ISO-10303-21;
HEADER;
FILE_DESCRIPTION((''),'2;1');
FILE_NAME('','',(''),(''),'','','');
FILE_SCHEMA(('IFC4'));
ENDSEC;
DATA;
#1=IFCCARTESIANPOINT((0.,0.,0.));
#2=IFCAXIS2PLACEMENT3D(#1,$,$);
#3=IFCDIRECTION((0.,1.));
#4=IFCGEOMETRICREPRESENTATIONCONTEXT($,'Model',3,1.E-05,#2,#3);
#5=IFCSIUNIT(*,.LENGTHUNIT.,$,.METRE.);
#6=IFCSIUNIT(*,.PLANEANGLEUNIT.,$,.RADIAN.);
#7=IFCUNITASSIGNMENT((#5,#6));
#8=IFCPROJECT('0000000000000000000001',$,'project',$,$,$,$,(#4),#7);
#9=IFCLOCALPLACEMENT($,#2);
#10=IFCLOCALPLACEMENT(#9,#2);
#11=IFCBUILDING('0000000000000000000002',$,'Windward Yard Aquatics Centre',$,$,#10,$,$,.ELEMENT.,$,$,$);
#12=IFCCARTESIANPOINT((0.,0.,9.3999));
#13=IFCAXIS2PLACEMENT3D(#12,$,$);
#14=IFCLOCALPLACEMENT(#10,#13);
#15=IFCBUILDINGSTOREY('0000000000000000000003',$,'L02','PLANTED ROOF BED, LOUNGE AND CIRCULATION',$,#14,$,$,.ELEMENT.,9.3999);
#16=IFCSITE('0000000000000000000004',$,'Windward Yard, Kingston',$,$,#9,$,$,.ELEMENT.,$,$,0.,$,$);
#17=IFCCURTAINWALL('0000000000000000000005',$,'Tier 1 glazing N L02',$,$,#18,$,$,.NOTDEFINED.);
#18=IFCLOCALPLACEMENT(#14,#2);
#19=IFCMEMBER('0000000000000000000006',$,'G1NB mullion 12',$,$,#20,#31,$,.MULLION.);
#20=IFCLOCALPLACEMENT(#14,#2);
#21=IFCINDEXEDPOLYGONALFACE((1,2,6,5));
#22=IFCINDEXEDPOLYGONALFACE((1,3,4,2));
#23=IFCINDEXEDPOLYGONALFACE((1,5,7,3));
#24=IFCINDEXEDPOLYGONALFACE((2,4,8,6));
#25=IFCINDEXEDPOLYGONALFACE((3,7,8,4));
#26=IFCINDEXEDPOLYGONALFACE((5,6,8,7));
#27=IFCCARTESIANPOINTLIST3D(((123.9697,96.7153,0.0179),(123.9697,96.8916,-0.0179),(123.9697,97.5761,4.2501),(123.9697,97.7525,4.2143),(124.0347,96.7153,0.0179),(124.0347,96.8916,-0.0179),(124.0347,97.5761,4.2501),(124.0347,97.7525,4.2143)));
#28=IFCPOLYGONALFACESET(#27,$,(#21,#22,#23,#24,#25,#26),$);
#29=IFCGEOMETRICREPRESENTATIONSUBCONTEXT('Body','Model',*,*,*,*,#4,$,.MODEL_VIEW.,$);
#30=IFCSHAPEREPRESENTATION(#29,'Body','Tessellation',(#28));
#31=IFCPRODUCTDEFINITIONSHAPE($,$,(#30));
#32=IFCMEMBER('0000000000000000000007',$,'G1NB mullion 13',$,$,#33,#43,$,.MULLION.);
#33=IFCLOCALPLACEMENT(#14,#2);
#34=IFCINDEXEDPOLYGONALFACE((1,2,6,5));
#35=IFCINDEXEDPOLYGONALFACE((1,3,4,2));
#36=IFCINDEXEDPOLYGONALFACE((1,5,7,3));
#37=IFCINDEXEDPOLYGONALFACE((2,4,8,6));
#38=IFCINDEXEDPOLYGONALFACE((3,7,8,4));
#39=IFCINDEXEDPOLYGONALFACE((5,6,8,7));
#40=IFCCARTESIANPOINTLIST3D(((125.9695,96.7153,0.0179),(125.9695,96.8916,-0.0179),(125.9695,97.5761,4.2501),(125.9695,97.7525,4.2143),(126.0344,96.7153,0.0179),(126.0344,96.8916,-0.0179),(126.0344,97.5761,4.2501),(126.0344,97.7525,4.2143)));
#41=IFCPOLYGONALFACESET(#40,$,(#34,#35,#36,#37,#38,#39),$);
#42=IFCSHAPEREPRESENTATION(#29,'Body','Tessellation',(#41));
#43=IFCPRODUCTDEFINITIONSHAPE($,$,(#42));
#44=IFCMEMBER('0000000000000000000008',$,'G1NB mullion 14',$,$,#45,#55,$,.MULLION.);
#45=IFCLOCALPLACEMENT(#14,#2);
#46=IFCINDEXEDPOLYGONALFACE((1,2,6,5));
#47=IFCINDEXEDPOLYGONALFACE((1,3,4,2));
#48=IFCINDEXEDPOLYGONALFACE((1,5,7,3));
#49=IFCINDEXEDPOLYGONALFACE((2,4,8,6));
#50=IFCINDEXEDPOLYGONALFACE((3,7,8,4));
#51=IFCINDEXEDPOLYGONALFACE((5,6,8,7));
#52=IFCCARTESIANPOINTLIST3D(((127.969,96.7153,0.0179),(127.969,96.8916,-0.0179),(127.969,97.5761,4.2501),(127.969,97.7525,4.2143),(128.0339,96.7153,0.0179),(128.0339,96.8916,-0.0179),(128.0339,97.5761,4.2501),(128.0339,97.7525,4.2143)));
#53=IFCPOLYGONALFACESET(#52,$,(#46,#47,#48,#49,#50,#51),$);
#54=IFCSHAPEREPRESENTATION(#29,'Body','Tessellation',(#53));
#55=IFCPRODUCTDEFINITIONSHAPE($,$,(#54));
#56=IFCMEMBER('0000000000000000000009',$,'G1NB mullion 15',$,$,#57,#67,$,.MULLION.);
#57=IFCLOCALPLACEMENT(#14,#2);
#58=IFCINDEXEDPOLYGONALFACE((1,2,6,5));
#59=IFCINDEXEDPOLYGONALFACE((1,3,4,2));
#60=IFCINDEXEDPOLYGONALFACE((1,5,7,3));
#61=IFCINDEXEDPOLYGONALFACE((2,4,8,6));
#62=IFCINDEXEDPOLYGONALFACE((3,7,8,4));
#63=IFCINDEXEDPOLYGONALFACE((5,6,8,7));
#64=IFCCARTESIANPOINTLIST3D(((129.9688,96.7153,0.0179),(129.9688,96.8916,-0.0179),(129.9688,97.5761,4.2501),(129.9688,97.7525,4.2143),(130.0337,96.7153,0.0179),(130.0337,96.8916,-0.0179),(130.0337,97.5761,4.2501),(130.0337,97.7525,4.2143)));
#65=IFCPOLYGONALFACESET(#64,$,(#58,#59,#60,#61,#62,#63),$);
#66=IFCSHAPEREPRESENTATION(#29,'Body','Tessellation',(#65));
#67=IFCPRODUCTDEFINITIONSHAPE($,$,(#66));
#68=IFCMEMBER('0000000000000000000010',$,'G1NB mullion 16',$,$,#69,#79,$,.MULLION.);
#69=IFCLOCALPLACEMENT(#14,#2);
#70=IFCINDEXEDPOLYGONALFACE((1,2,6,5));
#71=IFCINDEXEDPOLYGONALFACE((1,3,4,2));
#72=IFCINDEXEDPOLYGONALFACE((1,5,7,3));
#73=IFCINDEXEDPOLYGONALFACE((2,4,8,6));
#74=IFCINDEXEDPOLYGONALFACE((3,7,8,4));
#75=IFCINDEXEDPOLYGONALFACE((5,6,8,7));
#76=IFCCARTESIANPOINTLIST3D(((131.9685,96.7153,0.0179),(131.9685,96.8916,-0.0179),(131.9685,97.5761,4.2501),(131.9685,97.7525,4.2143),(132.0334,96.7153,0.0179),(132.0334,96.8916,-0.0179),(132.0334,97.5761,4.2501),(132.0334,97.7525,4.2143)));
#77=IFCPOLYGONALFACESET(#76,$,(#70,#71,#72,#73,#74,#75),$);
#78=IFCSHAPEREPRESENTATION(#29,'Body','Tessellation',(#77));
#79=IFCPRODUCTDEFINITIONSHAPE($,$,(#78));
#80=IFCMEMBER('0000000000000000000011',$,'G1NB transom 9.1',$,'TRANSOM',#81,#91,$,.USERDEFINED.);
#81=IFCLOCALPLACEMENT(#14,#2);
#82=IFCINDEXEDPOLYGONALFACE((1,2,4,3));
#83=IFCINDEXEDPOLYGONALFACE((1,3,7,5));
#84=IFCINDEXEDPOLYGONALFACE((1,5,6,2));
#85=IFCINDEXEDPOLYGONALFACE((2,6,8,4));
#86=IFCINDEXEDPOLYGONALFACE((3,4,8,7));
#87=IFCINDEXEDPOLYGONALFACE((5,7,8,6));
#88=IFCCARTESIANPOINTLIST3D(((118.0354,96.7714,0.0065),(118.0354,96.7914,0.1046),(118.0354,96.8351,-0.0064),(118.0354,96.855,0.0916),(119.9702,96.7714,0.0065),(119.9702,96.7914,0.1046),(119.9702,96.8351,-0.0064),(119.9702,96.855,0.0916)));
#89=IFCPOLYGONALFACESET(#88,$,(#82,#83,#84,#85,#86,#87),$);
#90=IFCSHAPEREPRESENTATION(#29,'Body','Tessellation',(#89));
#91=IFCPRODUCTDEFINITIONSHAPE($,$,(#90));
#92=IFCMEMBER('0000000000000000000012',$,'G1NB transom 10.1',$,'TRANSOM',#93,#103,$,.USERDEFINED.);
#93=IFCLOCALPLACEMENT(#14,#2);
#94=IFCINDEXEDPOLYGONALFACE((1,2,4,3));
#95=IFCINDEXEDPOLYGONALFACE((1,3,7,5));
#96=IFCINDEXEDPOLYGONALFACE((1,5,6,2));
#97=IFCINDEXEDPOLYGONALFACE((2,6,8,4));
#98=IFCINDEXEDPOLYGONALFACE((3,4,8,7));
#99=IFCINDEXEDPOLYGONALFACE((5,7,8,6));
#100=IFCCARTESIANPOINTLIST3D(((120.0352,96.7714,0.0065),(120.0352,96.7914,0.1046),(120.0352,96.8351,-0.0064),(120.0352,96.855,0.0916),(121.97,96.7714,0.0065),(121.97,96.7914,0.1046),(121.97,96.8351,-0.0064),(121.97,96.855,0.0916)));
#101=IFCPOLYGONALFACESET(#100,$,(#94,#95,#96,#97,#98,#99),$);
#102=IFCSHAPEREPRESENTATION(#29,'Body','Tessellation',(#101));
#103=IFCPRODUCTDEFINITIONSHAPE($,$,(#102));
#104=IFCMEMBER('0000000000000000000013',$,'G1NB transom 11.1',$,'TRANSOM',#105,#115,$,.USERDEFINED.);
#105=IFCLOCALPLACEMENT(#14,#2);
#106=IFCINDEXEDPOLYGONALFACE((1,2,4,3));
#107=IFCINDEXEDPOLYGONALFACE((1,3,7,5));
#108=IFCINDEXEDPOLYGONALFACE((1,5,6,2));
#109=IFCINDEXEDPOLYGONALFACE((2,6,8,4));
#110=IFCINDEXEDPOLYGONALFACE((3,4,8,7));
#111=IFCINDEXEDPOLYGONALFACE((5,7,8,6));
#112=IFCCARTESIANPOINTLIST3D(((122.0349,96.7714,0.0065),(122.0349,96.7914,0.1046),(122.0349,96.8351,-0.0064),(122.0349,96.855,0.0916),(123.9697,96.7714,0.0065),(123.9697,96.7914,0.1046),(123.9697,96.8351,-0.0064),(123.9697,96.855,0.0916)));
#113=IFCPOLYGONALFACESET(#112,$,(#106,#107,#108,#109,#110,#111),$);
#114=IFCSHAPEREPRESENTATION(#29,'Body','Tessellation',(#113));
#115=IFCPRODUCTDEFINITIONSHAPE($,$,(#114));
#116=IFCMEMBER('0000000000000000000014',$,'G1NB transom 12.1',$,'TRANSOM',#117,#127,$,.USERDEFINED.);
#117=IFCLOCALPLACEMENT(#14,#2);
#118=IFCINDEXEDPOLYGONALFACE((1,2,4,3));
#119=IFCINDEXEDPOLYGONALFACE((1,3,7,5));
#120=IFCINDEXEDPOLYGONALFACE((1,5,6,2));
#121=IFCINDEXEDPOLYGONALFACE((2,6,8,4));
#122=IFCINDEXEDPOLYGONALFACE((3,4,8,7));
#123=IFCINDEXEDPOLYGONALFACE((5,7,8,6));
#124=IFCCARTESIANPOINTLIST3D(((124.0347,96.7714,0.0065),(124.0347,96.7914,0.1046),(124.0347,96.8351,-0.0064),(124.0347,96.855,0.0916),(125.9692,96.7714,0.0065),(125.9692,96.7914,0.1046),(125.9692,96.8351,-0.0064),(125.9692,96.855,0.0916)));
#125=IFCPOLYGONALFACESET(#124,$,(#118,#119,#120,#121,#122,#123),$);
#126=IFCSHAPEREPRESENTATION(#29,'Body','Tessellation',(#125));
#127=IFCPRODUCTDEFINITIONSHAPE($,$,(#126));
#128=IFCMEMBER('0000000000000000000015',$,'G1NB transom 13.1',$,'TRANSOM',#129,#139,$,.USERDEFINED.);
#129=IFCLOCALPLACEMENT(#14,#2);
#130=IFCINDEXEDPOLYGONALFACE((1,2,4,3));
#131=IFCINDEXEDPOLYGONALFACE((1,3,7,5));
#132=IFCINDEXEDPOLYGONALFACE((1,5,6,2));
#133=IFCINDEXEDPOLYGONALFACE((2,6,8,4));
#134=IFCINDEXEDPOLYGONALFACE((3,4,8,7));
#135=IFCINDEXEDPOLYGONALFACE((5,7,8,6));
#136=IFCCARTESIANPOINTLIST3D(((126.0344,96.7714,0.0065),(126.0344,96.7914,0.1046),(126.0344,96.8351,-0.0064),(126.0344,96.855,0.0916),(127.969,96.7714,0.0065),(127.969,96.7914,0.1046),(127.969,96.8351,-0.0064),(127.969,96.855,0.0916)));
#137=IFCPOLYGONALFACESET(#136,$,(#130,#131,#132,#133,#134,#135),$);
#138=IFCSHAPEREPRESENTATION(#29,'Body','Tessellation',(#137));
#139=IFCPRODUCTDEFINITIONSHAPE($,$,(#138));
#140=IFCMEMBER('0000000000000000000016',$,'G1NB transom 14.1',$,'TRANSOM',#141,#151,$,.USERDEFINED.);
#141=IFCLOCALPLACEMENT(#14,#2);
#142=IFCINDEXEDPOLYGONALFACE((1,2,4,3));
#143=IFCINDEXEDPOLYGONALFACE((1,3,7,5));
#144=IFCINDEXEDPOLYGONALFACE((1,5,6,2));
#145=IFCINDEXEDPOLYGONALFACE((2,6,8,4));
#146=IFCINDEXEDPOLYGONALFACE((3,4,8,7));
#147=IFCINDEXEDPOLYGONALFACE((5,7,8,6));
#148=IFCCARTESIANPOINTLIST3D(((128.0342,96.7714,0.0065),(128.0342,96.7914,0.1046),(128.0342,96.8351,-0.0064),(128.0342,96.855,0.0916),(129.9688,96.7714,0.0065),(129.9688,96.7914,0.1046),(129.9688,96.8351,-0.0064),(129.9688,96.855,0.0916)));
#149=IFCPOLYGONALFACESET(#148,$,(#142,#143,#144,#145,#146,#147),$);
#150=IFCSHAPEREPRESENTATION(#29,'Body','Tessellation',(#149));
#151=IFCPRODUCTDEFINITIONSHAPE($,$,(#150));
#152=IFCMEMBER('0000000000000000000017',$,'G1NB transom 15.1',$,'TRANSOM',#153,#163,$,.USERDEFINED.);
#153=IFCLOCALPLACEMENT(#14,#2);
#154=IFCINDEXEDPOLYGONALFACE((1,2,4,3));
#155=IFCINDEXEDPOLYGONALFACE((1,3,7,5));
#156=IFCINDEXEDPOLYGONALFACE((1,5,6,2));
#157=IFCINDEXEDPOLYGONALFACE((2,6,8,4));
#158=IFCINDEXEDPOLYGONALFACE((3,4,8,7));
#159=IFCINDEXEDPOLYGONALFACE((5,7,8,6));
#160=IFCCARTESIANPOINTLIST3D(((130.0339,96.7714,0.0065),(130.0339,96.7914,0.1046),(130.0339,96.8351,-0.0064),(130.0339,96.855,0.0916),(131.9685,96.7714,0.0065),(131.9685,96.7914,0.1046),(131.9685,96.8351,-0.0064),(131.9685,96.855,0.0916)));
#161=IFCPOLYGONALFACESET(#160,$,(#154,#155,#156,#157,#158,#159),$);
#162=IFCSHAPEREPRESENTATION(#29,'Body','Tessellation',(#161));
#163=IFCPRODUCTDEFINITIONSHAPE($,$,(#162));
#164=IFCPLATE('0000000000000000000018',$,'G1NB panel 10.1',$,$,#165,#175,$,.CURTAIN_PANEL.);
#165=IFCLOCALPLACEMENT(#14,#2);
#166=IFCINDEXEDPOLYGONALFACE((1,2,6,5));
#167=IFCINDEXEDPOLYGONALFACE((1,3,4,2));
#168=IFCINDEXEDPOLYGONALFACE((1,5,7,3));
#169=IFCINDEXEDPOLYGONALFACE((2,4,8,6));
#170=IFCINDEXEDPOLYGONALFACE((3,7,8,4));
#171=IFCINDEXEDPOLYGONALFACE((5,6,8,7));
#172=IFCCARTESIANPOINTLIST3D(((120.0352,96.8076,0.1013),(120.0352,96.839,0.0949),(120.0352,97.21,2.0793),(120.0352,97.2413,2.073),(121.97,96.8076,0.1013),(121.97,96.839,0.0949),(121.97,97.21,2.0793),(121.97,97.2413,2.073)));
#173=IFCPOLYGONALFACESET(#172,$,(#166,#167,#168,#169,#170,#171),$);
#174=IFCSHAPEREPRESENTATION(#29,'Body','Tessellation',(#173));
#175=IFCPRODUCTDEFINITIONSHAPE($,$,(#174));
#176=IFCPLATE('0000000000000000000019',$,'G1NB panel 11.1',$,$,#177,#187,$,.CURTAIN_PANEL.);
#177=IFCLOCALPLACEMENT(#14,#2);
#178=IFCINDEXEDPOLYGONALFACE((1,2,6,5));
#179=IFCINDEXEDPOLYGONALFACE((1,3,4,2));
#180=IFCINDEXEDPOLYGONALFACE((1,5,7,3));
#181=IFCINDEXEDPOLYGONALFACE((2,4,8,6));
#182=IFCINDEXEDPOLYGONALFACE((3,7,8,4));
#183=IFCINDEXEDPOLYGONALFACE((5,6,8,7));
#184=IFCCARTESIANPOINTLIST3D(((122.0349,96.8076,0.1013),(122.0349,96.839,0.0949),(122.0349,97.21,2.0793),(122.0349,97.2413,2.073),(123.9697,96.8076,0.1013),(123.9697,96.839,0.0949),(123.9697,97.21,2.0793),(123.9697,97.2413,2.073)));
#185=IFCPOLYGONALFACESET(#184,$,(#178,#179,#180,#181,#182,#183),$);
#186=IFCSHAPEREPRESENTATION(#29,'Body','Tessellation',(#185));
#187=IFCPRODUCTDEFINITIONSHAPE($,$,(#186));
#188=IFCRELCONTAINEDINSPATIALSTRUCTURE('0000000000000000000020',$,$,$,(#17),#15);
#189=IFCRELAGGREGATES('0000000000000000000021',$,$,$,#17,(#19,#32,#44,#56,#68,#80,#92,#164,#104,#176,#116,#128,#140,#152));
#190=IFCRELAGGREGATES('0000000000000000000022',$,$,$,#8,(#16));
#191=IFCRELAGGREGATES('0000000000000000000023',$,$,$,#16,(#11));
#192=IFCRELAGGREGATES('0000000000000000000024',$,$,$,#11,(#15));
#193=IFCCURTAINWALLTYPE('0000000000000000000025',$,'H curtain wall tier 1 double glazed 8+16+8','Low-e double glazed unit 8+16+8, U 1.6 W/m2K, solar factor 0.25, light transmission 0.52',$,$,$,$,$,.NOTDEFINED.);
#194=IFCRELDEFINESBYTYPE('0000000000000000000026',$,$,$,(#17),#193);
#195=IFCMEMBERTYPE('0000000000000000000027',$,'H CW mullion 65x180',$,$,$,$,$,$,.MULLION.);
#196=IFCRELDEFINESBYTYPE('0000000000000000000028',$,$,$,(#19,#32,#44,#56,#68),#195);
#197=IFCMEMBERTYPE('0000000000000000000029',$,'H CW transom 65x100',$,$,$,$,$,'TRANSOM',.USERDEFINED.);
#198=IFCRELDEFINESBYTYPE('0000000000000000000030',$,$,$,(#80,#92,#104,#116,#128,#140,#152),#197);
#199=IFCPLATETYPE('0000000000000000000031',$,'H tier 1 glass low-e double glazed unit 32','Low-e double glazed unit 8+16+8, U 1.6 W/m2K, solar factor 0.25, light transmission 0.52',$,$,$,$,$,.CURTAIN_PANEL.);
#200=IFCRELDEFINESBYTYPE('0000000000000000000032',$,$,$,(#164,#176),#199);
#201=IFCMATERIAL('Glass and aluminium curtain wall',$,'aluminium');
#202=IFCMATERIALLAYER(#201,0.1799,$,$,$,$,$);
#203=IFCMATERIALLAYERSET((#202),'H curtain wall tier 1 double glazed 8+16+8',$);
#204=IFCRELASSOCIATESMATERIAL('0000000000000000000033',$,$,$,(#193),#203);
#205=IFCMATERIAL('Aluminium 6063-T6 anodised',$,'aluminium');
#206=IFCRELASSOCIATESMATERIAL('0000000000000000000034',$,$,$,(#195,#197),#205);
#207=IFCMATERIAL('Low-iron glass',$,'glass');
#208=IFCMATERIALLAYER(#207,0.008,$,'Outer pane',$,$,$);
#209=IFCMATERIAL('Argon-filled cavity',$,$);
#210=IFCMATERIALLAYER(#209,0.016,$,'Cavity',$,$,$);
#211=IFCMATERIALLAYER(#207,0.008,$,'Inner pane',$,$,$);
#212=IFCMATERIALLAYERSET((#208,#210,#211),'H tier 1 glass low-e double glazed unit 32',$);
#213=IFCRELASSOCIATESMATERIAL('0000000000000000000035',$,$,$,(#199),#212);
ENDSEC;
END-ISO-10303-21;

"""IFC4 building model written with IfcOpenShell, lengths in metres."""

from ifc_helpers import new_model, si_unit, direction, frame, origin, origin_2d, place, context, subcontext, project, spatial, polyline, rectangle, outline, extrude, material, layer, layer_set, material_profile, profile_set, type_object, element, aggregate, save


model = new_model("IFC4")

# Units and contexts
model_context = context("Model", 3, precision=1e-05, world=origin(), true_north=direction((0.0, 1.0)))
body_context = subcontext(model_context, "Body", "Model", "MODEL_VIEW")
ifc_project = project(units=[si_unit("LENGTHUNIT", "METRE"), si_unit("PLANEANGLEUNIT", "RADIAN")], contexts=[model_context])

# Site, building, storey
site_placement = place(None, origin())
site = spatial("IfcSite", under=ifc_project, at=site_placement, Name="Windward Yard, Kingston", CompositionType="ELEMENT", RefElevation=0.0)
building_placement = place(site_placement, origin())
building = spatial("IfcBuilding", under=site, at=building_placement, Name="Windward Yard Aquatics Centre", CompositionType="ELEMENT")
storey_placement = place(building_placement, frame((0.0, 0.0, 9.3999)))
storey = spatial("IfcBuildingStorey", under=building, at=storey_placement, Name="L02", Description="PLANTED ROOF BED, LOUNGE AND CIRCULATION", CompositionType="ELEMENT", Elevation=9.3999)

# Curtain wall, members, plates
ifc_material_1 = material(Name="Glass and aluminium curtain wall", Category="aluminium")
ifc_layer_1 = layer(ifc_material_1, 0.1799)
ifc_layer_set_1 = layer_set([ifc_layer_1], Name="H curtain wall tier 1 double glazed 8+16+8")
curtain_wall_type = type_object("IfcCurtainWallType", Name="H curtain wall tier 1 double glazed 8+16+8", Description="Low-e double glazed unit 8+16+8, U 1.6 W/m2K, solar factor 0.25, light transmission 0.52", PredefinedType="NOTDEFINED", material=ifc_layer_set_1)
curtain_wall_placement = place(storey_placement, origin())
curtain_wall = element("IfcCurtainWall", 1, at=curtain_wall_placement, inside=storey, type_object=curtain_wall_type, Name="Tier 1 glazing N L02", PredefinedType="NOTDEFINED")
ifc_material_2 = material(Name="Aluminium 6063-T6 anodised", Category="aluminium")
ifc_material_profile_1 = material_profile(ifc_material_2, rectangle(XDim=0.0649, YDim=0.1799, at=origin_2d()), Name="H CW mullion 65x180")
ifc_profile_set_1 = profile_set([ifc_material_profile_1], Name="Aluminium 6063-T6 anodised")
member_type_1 = type_object("IfcMemberType", Name="H CW mullion 65x180", PredefinedType="MULLION", material=ifc_profile_set_1)
member_1_placement = place(storey_placement, frame((124.0022, 96.8035, 0.0), z_axis=(0.0, 0.199322, 0.979934), x_axis=(-1.0, 0.0, 0.0)))
member_1 = element("IfcMember", 2, at=member_1_placement, type_object=member_type_1, Name="G1NB mullion 12", PredefinedType="MULLION", context=body_context, shape_type="SweptSolid", body=[
    extrude(rectangle(XDim=0.0649, YDim=0.1799, at=origin_2d()), origin(), (0.0, 0.0, 1.0), 4.3188),
])
member_2_placement = place(storey_placement, frame((126.002, 96.8035, 0.0), z_axis=(0.0, 0.199322, 0.979934), x_axis=(-1.0, 0.0, 0.0)))
member_2 = element("IfcMember", 3, at=member_2_placement, type_object=member_type_1, Name="G1NB mullion 13", PredefinedType="MULLION", context=body_context, shape_type="SweptSolid", body=[
    extrude(rectangle(XDim=0.0649, YDim=0.1799, at=origin_2d()), origin(), (0.0, 0.0, 1.0), 4.3188),
])
member_3_placement = place(storey_placement, frame((128.0015, 96.8035, 0.0), z_axis=(0.0, 0.199322, 0.979934), x_axis=(-1.0, 0.0, 0.0)))
member_3 = element("IfcMember", 4, at=member_3_placement, type_object=member_type_1, Name="G1NB mullion 14", PredefinedType="MULLION", context=body_context, shape_type="SweptSolid", body=[
    extrude(rectangle(XDim=0.0649, YDim=0.1799, at=origin_2d()), origin(), (0.0, 0.0, 1.0), 4.3188),
])
member_4_placement = place(storey_placement, frame((130.0012, 96.8035, 0.0), z_axis=(0.0, 0.199322, 0.979934), x_axis=(-1.0, 0.0, 0.0)))
member_4 = element("IfcMember", 5, at=member_4_placement, type_object=member_type_1, Name="G1NB mullion 15", PredefinedType="MULLION", context=body_context, shape_type="SweptSolid", body=[
    extrude(rectangle(XDim=0.0649, YDim=0.1799, at=origin_2d()), origin(), (0.0, 0.0, 1.0), 4.3188),
])
member_5_placement = place(storey_placement, frame((132.001, 96.8035, 0.0), z_axis=(0.0, 0.199322, 0.979934), x_axis=(-1.0, 0.0, 0.0)))
member_5 = element("IfcMember", 6, at=member_5_placement, type_object=member_type_1, Name="G1NB mullion 16", PredefinedType="MULLION", context=body_context, shape_type="SweptSolid", body=[
    extrude(rectangle(XDim=0.0649, YDim=0.1799, at=origin_2d()), origin(), (0.0, 0.0, 1.0), 4.3188),
])
ifc_material_profile_2 = material_profile(ifc_material_2, rectangle(XDim=0.0649, YDim=0.1001, at=origin_2d()), Name="H CW transom 65x100")
ifc_profile_set_2 = profile_set([ifc_material_profile_2], Name="Aluminium 6063-T6 anodised")
member_type_2 = type_object("IfcMemberType", Name="H CW transom 65x100", ElementType="TRANSOM", PredefinedType="USERDEFINED", material=ifc_profile_set_2)
member_6_placement = place(storey_placement, frame((118.0354, 96.8132, 0.0491), z_axis=(1.0, 0.0, 0.0), x_axis=(0.0, -0.979925, 0.199368)))
member_6 = element("IfcMember", 7, at=member_6_placement, type_object=member_type_2, Name="G1NB transom 9.1", ObjectType="TRANSOM", PredefinedType="USERDEFINED", context=body_context, shape_type="SweptSolid", body=[
    extrude(rectangle(XDim=0.0649, YDim=0.1001, at=origin_2d()), origin(), (0.0, 0.0, 1.0), 1.9348),
])
member_7_placement = place(storey_placement, frame((120.0352, 96.8132, 0.0491), z_axis=(1.0, 0.0, 0.0), x_axis=(0.0, -0.979925, 0.199368)))
member_7 = element("IfcMember", 8, at=member_7_placement, type_object=member_type_2, Name="G1NB transom 10.1", ObjectType="TRANSOM", PredefinedType="USERDEFINED", context=body_context, shape_type="SweptSolid", body=[
    extrude(rectangle(XDim=0.0649, YDim=0.1001, at=origin_2d()), origin(), (0.0, 0.0, 1.0), 1.9348),
])
member_8_placement = place(storey_placement, frame((122.0349, 96.8132, 0.0491), z_axis=(1.0, 0.0, 0.0), x_axis=(0.0, -0.979925, 0.199368)))
member_8 = element("IfcMember", 9, at=member_8_placement, type_object=member_type_2, Name="G1NB transom 11.1", ObjectType="TRANSOM", PredefinedType="USERDEFINED", context=body_context, shape_type="SweptSolid", body=[
    extrude(rectangle(XDim=0.0649, YDim=0.1001, at=origin_2d()), origin(), (0.0, 0.0, 1.0), 1.9348),
])
member_9_placement = place(storey_placement, frame((124.0347, 96.8132, 0.0491), z_axis=(1.0, 0.0, 0.0), x_axis=(0.0, -0.979925, 0.199368)))
member_9 = element("IfcMember", 10, at=member_9_placement, type_object=member_type_2, Name="G1NB transom 12.1", ObjectType="TRANSOM", PredefinedType="USERDEFINED", context=body_context, shape_type="SweptSolid", body=[
    extrude(rectangle(XDim=0.0649, YDim=0.1001, at=origin_2d()), origin(), (0.0, 0.0, 1.0), 1.9346),
])
member_10_placement = place(storey_placement, frame((126.0344, 96.8132, 0.0491), z_axis=(1.0, 0.0, 0.0), x_axis=(0.0, -0.979925, 0.199368)))
member_10 = element("IfcMember", 11, at=member_10_placement, type_object=member_type_2, Name="G1NB transom 13.1", ObjectType="TRANSOM", PredefinedType="USERDEFINED", context=body_context, shape_type="SweptSolid", body=[
    extrude(rectangle(XDim=0.0649, YDim=0.1001, at=origin_2d()), origin(), (0.0, 0.0, 1.0), 1.9346),
])
member_11_placement = place(storey_placement, frame((128.0342, 96.8132, 0.0491), z_axis=(1.0, 0.0, 0.0), x_axis=(0.0, -0.979925, 0.199368)))
member_11 = element("IfcMember", 12, at=member_11_placement, type_object=member_type_2, Name="G1NB transom 14.1", ObjectType="TRANSOM", PredefinedType="USERDEFINED", context=body_context, shape_type="SweptSolid", body=[
    extrude(rectangle(XDim=0.0649, YDim=0.1001, at=origin_2d()), origin(), (0.0, 0.0, 1.0), 1.9346),
])
member_12_placement = place(storey_placement, frame((130.0339, 96.8132, 0.0491), z_axis=(1.0, 0.0, 0.0), x_axis=(0.0, -0.979925, 0.199368)))
member_12 = element("IfcMember", 13, at=member_12_placement, type_object=member_type_2, Name="G1NB transom 15.1", ObjectType="TRANSOM", PredefinedType="USERDEFINED", context=body_context, shape_type="SweptSolid", body=[
    extrude(rectangle(XDim=0.0649, YDim=0.1001, at=origin_2d()), origin(), (0.0, 0.0, 1.0), 1.9346),
])
ifc_material_3 = material(Name="Low-iron glass", Category="glass")
ifc_layer_2 = layer(ifc_material_3, 0.008, Name="Outer pane")
ifc_material_4 = material(Name="Argon-filled cavity")
ifc_layer_3 = layer(ifc_material_4, 0.016, Name="Cavity")
ifc_layer_4 = layer(ifc_material_3, 0.008, Name="Inner pane")
ifc_layer_set_2 = layer_set([ifc_layer_2, ifc_layer_3, ifc_layer_4], Name="H tier 1 glass low-e double glazed unit 32")
plate_type = type_object("IfcPlateType", Name="H tier 1 glass low-e double glazed unit 32", Description="Low-e double glazed unit 8+16+8, U 1.6 W/m2K, solar factor 0.25, light transmission 0.52", PredefinedType="CURTAIN_PANEL", material=ifc_layer_set_2)
plate_1_placement = place(storey_placement, frame((120.0352, 96.8076, 0.1013), z_axis=(0.0, -0.979933, 0.199325), x_axis=(1.0, 0.0, 0.0)))
plate_1 = element("IfcPlate", 14, at=plate_1_placement, type_object=plate_type, Name="G1NB panel 10.1", PredefinedType="CURTAIN_PANEL", context=body_context, shape_type="SweptSolid", body=[
    extrude(outline(polyline([(0.0, 0.0), (1.9348, 0.0), (1.9348, 2.0185), (0.0, 2.0185), (0.0, 0.0)])), origin(), (0.0, 0.0, -1.0), 0.032),
])
plate_2_placement = place(storey_placement, frame((122.0349, 96.8076, 0.1013), z_axis=(0.0, -0.979933, 0.199325), x_axis=(1.0, 0.0, 0.0)))
plate_2 = element("IfcPlate", 15, at=plate_2_placement, type_object=plate_type, Name="G1NB panel 11.1", PredefinedType="CURTAIN_PANEL", context=body_context, shape_type="SweptSolid", body=[
    extrude(outline(polyline([(0.0, 0.0), (1.9348, 0.0), (1.9348, 2.0185), (0.0, 2.0185), (0.0, 0.0)])), origin(), (0.0, 0.0, -1.0), 0.032),
])
aggregate(curtain_wall, [member_1, member_2, member_3, member_4, member_5, member_6, member_7, plate_1, member_8, plate_2, member_9, member_10, member_11, member_12])

save(model, "model.ifc")
